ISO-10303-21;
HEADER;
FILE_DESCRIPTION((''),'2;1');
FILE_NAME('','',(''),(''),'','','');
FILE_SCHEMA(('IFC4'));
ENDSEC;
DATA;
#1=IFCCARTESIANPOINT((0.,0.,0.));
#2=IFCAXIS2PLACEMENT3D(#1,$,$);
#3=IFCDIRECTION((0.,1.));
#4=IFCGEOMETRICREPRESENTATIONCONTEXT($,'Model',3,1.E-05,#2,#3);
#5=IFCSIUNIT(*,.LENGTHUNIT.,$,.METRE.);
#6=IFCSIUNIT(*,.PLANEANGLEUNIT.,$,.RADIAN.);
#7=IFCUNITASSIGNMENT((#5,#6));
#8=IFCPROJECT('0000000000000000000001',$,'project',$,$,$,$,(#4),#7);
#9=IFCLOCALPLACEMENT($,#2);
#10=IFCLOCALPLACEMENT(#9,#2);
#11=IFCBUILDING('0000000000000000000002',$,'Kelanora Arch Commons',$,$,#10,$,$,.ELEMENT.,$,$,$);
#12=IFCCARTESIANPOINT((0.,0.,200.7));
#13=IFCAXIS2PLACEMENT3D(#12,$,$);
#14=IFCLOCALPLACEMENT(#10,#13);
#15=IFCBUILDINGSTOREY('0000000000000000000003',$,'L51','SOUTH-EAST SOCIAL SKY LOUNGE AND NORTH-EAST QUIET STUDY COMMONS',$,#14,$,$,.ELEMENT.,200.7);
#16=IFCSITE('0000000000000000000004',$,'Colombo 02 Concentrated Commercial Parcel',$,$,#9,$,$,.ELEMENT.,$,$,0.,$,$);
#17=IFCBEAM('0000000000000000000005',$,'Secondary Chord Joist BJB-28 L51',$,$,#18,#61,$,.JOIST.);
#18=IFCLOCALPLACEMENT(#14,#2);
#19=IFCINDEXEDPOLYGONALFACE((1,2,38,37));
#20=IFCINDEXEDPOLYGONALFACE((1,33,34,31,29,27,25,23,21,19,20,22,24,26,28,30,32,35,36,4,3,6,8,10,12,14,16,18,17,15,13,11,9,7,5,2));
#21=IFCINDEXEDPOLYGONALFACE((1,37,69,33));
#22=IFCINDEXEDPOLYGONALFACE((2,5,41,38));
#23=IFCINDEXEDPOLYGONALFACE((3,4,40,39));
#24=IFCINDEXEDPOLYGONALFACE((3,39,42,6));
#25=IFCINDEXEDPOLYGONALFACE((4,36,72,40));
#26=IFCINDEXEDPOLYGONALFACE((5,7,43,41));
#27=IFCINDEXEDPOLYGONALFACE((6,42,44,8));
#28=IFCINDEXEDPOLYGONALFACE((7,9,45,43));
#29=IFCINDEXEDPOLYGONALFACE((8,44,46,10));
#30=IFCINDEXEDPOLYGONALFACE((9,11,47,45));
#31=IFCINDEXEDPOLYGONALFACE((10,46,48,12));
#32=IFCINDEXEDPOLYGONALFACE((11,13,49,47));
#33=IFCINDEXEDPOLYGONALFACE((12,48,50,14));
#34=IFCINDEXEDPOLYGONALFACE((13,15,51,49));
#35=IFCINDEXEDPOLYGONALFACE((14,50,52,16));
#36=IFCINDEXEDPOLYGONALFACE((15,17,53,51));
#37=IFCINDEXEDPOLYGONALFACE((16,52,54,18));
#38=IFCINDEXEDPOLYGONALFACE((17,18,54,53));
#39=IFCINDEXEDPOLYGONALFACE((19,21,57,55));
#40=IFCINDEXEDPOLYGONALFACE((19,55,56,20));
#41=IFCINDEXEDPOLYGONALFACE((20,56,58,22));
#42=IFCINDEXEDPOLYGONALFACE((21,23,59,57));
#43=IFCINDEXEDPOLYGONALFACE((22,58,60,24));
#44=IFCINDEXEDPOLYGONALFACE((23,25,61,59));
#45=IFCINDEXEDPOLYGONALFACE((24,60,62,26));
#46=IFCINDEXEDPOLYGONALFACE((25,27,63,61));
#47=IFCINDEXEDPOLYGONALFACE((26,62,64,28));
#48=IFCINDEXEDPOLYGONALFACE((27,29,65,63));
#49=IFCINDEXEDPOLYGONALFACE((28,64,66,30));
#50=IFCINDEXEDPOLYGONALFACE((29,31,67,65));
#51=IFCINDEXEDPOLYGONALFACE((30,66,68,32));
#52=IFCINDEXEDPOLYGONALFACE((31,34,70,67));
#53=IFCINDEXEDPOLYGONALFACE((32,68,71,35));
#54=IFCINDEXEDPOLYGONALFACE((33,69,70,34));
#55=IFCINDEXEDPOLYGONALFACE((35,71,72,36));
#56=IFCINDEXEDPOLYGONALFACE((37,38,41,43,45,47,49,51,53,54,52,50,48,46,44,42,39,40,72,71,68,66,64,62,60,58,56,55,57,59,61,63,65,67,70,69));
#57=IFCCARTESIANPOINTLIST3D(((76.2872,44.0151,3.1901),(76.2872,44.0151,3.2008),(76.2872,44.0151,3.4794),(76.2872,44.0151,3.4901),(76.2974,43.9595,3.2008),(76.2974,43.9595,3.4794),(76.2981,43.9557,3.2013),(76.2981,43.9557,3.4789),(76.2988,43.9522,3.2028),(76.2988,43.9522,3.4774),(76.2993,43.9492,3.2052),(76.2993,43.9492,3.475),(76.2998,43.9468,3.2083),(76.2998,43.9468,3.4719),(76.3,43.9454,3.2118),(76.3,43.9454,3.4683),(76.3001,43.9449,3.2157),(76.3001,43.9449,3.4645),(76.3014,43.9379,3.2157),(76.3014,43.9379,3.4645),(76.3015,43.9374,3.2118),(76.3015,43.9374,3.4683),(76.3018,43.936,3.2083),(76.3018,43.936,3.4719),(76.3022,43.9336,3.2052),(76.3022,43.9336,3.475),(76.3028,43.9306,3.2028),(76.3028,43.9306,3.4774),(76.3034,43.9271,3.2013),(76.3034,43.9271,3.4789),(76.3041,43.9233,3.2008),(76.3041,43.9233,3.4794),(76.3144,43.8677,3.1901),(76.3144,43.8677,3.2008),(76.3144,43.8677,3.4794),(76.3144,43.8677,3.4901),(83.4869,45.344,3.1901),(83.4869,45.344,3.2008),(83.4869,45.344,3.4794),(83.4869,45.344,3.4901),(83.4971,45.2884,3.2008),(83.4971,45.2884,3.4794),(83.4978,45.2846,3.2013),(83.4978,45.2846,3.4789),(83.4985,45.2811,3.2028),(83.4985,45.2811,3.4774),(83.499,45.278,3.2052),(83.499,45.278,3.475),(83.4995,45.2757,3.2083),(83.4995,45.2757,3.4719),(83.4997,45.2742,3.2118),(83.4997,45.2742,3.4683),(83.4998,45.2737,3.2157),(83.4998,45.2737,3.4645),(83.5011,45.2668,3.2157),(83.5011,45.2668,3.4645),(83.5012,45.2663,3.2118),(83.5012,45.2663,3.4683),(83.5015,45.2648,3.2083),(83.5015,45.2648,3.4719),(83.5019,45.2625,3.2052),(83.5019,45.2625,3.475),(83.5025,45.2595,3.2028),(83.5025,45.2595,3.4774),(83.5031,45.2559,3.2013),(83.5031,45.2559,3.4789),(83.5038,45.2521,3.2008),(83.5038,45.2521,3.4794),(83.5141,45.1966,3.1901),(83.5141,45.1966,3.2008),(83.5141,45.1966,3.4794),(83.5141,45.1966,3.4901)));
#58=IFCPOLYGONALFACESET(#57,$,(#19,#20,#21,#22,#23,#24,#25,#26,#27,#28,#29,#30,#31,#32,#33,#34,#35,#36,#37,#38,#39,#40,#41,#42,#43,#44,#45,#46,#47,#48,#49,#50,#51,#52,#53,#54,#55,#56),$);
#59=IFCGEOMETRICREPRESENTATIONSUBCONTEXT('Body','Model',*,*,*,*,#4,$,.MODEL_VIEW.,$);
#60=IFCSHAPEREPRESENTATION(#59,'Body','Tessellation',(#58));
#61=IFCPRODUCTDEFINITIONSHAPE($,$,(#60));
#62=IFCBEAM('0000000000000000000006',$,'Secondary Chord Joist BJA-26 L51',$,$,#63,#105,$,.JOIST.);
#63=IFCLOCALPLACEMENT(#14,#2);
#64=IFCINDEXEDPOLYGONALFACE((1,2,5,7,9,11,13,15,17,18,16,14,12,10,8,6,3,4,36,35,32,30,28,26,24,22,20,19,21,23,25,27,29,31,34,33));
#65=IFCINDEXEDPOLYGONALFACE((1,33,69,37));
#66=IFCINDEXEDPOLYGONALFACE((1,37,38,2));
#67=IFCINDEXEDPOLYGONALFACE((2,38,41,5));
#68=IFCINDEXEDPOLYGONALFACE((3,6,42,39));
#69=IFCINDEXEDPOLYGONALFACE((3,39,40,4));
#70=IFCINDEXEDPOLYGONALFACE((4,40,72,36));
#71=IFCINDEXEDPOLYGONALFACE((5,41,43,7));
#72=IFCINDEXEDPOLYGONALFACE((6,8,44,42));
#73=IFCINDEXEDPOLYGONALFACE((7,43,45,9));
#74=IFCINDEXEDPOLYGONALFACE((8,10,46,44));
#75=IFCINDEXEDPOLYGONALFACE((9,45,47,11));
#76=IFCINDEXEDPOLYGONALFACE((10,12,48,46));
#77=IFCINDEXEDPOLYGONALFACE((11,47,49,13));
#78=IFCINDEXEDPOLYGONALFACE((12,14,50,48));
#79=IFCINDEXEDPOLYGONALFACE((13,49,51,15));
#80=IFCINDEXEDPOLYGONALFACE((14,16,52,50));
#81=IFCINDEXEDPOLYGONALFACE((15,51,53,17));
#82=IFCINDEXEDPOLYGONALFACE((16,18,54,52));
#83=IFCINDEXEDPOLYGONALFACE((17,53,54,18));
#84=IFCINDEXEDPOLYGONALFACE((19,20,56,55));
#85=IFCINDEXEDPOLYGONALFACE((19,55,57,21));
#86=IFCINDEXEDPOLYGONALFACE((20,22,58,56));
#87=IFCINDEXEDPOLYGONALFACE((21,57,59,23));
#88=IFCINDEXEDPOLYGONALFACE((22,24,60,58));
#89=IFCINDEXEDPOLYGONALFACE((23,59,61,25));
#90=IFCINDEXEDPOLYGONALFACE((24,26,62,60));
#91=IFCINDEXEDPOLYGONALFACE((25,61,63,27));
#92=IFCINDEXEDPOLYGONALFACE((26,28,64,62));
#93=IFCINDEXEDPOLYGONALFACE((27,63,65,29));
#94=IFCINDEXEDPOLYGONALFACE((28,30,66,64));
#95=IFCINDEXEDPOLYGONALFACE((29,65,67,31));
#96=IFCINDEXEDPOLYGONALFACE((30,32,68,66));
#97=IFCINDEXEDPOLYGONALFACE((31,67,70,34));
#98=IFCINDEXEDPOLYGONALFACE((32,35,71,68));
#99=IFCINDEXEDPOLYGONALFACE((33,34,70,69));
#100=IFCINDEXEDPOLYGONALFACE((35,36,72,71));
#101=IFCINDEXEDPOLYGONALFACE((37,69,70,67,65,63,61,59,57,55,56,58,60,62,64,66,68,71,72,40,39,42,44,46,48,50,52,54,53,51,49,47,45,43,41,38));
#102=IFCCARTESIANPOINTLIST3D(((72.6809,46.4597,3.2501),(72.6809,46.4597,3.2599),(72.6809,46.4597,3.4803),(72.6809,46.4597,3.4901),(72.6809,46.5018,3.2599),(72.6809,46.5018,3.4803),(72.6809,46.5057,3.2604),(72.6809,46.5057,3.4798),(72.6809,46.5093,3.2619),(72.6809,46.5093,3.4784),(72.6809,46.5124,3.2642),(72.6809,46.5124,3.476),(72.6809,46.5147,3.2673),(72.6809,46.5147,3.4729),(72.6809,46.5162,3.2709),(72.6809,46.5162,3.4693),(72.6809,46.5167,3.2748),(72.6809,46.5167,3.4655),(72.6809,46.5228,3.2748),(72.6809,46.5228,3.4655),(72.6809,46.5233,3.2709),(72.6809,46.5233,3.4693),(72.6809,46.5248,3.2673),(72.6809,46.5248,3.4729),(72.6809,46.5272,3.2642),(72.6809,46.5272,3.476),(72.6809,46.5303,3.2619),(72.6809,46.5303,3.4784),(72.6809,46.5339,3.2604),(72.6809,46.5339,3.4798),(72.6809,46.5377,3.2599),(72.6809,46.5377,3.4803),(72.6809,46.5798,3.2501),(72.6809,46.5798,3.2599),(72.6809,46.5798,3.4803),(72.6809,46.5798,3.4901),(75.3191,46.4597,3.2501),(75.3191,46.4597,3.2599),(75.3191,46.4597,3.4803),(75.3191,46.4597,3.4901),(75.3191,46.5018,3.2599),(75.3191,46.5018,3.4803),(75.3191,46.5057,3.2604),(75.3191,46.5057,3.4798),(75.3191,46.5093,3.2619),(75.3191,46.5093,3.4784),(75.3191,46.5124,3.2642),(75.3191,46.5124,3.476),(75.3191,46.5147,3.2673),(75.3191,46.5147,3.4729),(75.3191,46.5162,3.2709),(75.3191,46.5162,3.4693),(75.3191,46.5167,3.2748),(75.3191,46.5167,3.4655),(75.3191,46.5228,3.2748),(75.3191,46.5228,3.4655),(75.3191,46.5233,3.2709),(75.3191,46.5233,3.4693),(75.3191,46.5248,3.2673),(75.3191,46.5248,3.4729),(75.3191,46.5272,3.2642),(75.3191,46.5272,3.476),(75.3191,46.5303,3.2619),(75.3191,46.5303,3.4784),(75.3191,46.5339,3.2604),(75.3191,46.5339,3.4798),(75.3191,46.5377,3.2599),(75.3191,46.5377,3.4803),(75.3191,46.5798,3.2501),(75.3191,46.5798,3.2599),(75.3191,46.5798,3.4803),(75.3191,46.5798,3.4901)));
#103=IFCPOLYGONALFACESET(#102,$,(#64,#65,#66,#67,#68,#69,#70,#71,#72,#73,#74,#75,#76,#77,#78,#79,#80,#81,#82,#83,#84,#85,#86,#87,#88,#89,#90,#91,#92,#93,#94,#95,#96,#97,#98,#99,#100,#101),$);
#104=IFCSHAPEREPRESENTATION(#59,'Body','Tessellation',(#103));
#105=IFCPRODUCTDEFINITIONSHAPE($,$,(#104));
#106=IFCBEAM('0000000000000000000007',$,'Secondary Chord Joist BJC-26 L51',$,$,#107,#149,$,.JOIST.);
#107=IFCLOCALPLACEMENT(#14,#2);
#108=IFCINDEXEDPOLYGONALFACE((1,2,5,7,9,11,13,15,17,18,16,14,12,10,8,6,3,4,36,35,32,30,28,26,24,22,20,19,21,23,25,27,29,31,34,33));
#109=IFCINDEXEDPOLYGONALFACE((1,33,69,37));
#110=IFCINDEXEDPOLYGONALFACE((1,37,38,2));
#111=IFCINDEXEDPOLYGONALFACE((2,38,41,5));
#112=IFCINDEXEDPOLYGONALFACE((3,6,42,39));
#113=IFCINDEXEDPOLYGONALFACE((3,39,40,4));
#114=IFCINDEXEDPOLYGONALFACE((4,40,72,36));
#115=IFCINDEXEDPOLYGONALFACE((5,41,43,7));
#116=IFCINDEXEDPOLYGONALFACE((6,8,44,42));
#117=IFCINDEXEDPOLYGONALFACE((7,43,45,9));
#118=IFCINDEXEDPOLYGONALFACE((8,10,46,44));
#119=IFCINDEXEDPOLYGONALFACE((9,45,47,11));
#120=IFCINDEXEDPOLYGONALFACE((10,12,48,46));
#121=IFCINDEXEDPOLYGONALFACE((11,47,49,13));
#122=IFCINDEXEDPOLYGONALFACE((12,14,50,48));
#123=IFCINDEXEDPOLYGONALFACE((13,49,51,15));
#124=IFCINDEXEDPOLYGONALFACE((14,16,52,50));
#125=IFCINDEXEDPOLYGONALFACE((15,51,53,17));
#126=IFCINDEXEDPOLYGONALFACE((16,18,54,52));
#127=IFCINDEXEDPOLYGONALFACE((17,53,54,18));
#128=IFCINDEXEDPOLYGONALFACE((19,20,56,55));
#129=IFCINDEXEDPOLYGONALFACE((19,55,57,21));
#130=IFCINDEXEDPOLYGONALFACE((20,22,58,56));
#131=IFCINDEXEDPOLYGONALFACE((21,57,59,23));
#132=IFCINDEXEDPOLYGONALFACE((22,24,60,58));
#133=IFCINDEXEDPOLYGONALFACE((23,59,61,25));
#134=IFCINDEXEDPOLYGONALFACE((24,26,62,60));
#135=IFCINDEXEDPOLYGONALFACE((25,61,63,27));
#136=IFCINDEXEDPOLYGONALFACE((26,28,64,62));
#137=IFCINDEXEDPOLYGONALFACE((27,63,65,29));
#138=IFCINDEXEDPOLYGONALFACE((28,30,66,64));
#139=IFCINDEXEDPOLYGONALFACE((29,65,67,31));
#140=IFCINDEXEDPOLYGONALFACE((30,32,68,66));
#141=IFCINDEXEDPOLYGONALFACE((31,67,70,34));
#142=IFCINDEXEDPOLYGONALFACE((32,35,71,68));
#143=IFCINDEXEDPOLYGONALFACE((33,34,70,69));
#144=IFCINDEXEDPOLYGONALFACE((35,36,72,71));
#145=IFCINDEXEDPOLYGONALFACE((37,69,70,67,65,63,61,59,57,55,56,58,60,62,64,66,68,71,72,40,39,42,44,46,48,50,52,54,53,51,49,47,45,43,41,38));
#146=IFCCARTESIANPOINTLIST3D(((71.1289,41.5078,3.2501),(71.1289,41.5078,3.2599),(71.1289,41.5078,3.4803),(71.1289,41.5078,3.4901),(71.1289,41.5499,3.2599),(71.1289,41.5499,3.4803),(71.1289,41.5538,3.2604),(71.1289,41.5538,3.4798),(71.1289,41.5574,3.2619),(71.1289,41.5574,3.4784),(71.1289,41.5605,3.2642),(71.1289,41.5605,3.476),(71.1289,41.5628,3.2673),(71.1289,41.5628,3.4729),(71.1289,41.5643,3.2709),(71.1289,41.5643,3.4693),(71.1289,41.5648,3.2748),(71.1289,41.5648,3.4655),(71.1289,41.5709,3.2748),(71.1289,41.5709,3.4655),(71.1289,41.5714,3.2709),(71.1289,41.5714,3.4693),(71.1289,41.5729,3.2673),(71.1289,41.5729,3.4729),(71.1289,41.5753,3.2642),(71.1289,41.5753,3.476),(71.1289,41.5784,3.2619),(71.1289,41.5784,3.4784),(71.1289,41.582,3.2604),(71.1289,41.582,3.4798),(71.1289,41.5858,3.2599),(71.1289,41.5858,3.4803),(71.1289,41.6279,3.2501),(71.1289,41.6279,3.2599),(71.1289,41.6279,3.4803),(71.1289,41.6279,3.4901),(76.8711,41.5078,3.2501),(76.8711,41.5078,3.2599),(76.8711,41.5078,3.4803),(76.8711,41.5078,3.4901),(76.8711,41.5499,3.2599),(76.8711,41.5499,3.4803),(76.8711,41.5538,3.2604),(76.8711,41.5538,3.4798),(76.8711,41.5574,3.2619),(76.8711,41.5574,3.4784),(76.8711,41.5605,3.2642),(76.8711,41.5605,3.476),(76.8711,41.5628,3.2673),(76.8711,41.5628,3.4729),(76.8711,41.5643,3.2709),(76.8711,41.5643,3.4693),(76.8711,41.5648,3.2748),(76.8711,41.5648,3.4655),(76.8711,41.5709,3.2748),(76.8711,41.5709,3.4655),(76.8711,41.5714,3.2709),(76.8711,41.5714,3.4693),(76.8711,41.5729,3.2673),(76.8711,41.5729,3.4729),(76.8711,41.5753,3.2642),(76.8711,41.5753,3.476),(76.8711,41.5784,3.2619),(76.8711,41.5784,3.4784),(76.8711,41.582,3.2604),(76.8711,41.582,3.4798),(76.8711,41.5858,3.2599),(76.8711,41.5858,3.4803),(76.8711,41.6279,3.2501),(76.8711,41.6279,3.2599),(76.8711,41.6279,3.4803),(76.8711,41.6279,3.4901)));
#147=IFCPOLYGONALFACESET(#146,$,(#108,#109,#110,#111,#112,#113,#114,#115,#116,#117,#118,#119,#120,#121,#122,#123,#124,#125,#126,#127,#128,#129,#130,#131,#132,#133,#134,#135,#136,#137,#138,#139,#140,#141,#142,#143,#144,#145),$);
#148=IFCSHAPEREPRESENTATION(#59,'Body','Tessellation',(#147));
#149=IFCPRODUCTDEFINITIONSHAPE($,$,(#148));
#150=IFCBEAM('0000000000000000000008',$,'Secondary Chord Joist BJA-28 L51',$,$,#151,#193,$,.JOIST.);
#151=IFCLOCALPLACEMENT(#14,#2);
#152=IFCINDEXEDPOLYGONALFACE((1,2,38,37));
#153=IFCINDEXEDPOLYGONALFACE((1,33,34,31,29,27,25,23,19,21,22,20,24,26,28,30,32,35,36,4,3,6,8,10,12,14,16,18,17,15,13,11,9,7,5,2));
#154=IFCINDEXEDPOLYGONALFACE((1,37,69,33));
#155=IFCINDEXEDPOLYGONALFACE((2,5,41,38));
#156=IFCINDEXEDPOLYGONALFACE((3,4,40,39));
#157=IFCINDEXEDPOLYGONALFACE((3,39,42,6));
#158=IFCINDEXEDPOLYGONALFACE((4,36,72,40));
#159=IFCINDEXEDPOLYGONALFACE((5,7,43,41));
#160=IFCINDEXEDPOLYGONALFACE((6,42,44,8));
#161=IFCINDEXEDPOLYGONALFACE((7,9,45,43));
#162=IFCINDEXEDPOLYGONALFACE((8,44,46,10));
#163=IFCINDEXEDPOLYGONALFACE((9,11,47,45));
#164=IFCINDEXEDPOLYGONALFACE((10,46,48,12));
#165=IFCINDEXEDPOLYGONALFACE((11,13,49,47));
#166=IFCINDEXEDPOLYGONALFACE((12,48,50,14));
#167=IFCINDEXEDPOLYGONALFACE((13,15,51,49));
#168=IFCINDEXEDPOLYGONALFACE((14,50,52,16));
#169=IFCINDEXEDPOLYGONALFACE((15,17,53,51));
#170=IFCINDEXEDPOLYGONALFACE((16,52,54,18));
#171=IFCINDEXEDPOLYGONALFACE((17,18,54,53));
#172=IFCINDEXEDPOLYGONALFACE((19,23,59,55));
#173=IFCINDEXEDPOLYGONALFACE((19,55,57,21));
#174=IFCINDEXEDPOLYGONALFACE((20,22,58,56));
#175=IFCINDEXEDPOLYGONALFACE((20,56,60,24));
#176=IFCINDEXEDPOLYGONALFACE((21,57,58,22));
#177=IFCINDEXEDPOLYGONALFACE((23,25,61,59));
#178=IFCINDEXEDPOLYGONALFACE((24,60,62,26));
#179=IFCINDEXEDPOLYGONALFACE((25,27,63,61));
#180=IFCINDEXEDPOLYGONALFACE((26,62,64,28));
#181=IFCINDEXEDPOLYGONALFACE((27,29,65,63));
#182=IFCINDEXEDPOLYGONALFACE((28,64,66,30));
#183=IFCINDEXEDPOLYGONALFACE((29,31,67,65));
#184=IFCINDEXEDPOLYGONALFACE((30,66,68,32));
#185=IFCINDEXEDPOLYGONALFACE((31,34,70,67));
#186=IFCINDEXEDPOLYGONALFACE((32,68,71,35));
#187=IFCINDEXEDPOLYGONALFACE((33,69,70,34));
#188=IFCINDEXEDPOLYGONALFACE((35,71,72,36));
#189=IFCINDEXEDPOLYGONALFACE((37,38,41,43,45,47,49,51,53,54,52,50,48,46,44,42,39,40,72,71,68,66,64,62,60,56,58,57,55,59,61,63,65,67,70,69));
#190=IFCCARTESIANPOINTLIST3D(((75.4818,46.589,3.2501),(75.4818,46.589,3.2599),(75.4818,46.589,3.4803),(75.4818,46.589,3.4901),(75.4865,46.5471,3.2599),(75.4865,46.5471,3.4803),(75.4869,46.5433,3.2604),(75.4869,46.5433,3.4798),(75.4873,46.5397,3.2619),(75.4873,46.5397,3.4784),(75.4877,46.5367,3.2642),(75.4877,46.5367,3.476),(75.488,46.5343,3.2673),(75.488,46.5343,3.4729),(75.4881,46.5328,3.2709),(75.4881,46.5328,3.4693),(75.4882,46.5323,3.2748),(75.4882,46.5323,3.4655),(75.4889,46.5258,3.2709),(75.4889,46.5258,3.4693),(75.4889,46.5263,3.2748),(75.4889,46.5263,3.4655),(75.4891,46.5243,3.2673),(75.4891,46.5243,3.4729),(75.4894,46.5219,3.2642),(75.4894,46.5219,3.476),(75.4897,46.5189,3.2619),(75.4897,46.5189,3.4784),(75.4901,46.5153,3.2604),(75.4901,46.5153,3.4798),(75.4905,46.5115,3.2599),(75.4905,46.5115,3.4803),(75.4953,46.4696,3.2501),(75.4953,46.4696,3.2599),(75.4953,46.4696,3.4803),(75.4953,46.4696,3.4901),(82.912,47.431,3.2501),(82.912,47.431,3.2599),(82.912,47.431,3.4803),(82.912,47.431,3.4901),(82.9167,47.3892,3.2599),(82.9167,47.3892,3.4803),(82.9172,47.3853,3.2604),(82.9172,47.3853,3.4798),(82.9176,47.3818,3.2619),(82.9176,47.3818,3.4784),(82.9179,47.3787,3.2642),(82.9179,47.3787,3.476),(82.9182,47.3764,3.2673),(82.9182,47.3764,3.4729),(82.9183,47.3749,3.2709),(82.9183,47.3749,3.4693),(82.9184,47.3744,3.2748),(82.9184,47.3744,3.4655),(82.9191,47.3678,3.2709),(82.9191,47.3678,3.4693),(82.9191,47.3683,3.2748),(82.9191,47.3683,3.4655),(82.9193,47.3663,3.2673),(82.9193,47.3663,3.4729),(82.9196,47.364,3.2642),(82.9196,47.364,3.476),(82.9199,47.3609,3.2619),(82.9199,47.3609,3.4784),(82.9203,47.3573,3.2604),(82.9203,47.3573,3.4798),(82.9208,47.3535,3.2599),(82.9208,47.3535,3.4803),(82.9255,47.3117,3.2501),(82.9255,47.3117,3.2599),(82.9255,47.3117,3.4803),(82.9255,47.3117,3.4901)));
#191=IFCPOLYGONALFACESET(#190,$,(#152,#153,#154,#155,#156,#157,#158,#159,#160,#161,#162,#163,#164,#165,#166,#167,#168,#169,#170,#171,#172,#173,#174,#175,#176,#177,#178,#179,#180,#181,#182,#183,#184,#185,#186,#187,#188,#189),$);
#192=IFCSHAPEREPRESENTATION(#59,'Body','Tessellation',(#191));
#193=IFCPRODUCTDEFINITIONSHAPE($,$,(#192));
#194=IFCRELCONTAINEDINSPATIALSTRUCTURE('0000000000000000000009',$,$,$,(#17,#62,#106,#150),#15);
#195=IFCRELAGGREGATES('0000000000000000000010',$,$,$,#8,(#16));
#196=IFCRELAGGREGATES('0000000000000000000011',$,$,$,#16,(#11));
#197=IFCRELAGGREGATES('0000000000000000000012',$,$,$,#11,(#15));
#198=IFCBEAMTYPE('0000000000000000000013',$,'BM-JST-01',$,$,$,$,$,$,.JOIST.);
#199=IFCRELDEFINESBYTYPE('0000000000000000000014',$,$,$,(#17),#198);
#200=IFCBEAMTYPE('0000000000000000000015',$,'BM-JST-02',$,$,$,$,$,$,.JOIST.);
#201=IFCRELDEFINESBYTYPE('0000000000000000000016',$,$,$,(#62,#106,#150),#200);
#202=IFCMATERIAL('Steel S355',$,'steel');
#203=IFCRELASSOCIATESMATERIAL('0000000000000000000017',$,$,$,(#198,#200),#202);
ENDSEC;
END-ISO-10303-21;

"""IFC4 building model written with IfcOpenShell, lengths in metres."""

from ifc_helpers import new_model, si_unit, direction, frame, origin, origin_2d, place, context, subcontext, project, spatial, i_section, extrude, material, material_profile, profile_set, type_object, element, save


model = new_model("IFC4")

# Units and contexts
model_context = context("Model", 3, precision=1e-05, world=origin(), true_north=direction((0.0, 1.0)))
body_context = subcontext(model_context, "Body", "Model", "MODEL_VIEW")
ifc_project = project(units=[si_unit("LENGTHUNIT", "METRE"), si_unit("PLANEANGLEUNIT", "RADIAN")], contexts=[model_context])

# Site, building, storey
site_placement = place(None, origin())
site = spatial("IfcSite", under=ifc_project, at=site_placement, Name="Colombo 02 Concentrated Commercial Parcel", CompositionType="ELEMENT", RefElevation=0.0)
building_placement = place(site_placement, origin())
building = spatial("IfcBuilding", under=site, at=building_placement, Name="Kelanora Arch Commons", CompositionType="ELEMENT")
storey_placement = place(building_placement, frame((0.0, 0.0, 200.7)))
storey = spatial("IfcBuildingStorey", under=building, at=storey_placement, Name="L51", Description="SOUTH-EAST SOCIAL SKY LOUNGE AND NORTH-EAST QUIET STUDY COMMONS", CompositionType="ELEMENT", Elevation=200.7)

# Beams
ifc_material_1 = material(Name="Steel S355", Category="steel")
ifc_material_profile_1 = material_profile(ifc_material_1, i_section(OverallWidth=0.1499, OverallDepth=0.3, WebThickness=0.0071, FlangeThickness=0.0107, FilletRadius=0.0149, at=origin_2d()), Name="IPE300")
ifc_profile_set_1 = profile_set([ifc_material_profile_1], Name="Steel S355")
beam_type_1 = type_object("IfcBeamType", Name="BM-JST-01", PredefinedType="JOIST", material=ifc_profile_set_1)
beam_1_placement = place(storey_placement, frame((76.3008, 43.9414, 3.3401), z_axis=(0.98339, 0.181505, 0.0), x_axis=(-0.181505, 0.98339, 0.0)))
element("IfcBeam", 1, at=beam_1_placement, inside=storey, type_object=beam_type_1, Name="Secondary Chord Joist BJB-28 L51", PredefinedType="JOIST", context=body_context, shape_type="SweptSolid", body=[
    extrude(i_section(OverallWidth=0.1499, OverallDepth=0.3, WebThickness=0.0071, FlangeThickness=0.0107, FilletRadius=0.0149, at=origin_2d()), origin(), (0.0, 0.0, 1.0), 7.3213),
])
ifc_material_profile_2 = material_profile(ifc_material_1, i_section(OverallWidth=0.1201, OverallDepth=0.24, WebThickness=0.0061, FlangeThickness=0.0098, FilletRadius=0.0149, at=origin_2d()), Name="IPE240")
ifc_profile_set_2 = profile_set([ifc_material_profile_2], Name="Steel S355")
beam_type_2 = type_object("IfcBeamType", Name="BM-JST-02", PredefinedType="JOIST", material=ifc_profile_set_2)
beam_2_placement = place(storey_placement, frame((72.6809, 46.5198, 3.3701), z_axis=(1.0, 0.0, 0.0), x_axis=(0.0, 1.0, 0.0)))
element("IfcBeam", 2, at=beam_2_placement, inside=storey, type_object=beam_type_2, Name="Secondary Chord Joist BJA-26 L51", PredefinedType="JOIST", context=body_context, shape_type="SweptSolid", body=[
    extrude(i_section(OverallWidth=0.1201, OverallDepth=0.24, WebThickness=0.0061, FlangeThickness=0.0098, FilletRadius=0.0149, at=origin_2d()), origin(), (0.0, 0.0, 1.0), 2.6382),
])
beam_3_placement = place(storey_placement, frame((71.1289, 41.5679, 3.3701), z_axis=(1.0, 0.0, 0.0), x_axis=(0.0, 1.0, 0.0)))
element("IfcBeam", 3, at=beam_3_placement, inside=storey, type_object=beam_type_2, Name="Secondary Chord Joist BJC-26 L51", PredefinedType="JOIST", context=body_context, shape_type="SweptSolid", body=[
    extrude(i_section(OverallWidth=0.1201, OverallDepth=0.24, WebThickness=0.0061, FlangeThickness=0.0098, FilletRadius=0.0149, at=origin_2d()), origin(), (0.0, 0.0, 1.0), 5.7422),
])
beam_4_placement = place(storey_placement, frame((75.4885, 46.5293, 3.3701), z_axis=(0.99364, 0.112606, 0.0), x_axis=(-0.112606, 0.99364, 0.0)))
element("IfcBeam", 4, at=beam_4_placement, inside=storey, type_object=beam_type_2, Name="Secondary Chord Joist BJA-28 L51", PredefinedType="JOIST", context=body_context, shape_type="SweptSolid", body=[
    extrude(i_section(OverallWidth=0.1201, OverallDepth=0.24, WebThickness=0.0061, FlangeThickness=0.0098, FilletRadius=0.0149, at=origin_2d()), origin(), (0.0, 0.0, 1.0), 7.4778),
])

save(model, "model.ifc")
